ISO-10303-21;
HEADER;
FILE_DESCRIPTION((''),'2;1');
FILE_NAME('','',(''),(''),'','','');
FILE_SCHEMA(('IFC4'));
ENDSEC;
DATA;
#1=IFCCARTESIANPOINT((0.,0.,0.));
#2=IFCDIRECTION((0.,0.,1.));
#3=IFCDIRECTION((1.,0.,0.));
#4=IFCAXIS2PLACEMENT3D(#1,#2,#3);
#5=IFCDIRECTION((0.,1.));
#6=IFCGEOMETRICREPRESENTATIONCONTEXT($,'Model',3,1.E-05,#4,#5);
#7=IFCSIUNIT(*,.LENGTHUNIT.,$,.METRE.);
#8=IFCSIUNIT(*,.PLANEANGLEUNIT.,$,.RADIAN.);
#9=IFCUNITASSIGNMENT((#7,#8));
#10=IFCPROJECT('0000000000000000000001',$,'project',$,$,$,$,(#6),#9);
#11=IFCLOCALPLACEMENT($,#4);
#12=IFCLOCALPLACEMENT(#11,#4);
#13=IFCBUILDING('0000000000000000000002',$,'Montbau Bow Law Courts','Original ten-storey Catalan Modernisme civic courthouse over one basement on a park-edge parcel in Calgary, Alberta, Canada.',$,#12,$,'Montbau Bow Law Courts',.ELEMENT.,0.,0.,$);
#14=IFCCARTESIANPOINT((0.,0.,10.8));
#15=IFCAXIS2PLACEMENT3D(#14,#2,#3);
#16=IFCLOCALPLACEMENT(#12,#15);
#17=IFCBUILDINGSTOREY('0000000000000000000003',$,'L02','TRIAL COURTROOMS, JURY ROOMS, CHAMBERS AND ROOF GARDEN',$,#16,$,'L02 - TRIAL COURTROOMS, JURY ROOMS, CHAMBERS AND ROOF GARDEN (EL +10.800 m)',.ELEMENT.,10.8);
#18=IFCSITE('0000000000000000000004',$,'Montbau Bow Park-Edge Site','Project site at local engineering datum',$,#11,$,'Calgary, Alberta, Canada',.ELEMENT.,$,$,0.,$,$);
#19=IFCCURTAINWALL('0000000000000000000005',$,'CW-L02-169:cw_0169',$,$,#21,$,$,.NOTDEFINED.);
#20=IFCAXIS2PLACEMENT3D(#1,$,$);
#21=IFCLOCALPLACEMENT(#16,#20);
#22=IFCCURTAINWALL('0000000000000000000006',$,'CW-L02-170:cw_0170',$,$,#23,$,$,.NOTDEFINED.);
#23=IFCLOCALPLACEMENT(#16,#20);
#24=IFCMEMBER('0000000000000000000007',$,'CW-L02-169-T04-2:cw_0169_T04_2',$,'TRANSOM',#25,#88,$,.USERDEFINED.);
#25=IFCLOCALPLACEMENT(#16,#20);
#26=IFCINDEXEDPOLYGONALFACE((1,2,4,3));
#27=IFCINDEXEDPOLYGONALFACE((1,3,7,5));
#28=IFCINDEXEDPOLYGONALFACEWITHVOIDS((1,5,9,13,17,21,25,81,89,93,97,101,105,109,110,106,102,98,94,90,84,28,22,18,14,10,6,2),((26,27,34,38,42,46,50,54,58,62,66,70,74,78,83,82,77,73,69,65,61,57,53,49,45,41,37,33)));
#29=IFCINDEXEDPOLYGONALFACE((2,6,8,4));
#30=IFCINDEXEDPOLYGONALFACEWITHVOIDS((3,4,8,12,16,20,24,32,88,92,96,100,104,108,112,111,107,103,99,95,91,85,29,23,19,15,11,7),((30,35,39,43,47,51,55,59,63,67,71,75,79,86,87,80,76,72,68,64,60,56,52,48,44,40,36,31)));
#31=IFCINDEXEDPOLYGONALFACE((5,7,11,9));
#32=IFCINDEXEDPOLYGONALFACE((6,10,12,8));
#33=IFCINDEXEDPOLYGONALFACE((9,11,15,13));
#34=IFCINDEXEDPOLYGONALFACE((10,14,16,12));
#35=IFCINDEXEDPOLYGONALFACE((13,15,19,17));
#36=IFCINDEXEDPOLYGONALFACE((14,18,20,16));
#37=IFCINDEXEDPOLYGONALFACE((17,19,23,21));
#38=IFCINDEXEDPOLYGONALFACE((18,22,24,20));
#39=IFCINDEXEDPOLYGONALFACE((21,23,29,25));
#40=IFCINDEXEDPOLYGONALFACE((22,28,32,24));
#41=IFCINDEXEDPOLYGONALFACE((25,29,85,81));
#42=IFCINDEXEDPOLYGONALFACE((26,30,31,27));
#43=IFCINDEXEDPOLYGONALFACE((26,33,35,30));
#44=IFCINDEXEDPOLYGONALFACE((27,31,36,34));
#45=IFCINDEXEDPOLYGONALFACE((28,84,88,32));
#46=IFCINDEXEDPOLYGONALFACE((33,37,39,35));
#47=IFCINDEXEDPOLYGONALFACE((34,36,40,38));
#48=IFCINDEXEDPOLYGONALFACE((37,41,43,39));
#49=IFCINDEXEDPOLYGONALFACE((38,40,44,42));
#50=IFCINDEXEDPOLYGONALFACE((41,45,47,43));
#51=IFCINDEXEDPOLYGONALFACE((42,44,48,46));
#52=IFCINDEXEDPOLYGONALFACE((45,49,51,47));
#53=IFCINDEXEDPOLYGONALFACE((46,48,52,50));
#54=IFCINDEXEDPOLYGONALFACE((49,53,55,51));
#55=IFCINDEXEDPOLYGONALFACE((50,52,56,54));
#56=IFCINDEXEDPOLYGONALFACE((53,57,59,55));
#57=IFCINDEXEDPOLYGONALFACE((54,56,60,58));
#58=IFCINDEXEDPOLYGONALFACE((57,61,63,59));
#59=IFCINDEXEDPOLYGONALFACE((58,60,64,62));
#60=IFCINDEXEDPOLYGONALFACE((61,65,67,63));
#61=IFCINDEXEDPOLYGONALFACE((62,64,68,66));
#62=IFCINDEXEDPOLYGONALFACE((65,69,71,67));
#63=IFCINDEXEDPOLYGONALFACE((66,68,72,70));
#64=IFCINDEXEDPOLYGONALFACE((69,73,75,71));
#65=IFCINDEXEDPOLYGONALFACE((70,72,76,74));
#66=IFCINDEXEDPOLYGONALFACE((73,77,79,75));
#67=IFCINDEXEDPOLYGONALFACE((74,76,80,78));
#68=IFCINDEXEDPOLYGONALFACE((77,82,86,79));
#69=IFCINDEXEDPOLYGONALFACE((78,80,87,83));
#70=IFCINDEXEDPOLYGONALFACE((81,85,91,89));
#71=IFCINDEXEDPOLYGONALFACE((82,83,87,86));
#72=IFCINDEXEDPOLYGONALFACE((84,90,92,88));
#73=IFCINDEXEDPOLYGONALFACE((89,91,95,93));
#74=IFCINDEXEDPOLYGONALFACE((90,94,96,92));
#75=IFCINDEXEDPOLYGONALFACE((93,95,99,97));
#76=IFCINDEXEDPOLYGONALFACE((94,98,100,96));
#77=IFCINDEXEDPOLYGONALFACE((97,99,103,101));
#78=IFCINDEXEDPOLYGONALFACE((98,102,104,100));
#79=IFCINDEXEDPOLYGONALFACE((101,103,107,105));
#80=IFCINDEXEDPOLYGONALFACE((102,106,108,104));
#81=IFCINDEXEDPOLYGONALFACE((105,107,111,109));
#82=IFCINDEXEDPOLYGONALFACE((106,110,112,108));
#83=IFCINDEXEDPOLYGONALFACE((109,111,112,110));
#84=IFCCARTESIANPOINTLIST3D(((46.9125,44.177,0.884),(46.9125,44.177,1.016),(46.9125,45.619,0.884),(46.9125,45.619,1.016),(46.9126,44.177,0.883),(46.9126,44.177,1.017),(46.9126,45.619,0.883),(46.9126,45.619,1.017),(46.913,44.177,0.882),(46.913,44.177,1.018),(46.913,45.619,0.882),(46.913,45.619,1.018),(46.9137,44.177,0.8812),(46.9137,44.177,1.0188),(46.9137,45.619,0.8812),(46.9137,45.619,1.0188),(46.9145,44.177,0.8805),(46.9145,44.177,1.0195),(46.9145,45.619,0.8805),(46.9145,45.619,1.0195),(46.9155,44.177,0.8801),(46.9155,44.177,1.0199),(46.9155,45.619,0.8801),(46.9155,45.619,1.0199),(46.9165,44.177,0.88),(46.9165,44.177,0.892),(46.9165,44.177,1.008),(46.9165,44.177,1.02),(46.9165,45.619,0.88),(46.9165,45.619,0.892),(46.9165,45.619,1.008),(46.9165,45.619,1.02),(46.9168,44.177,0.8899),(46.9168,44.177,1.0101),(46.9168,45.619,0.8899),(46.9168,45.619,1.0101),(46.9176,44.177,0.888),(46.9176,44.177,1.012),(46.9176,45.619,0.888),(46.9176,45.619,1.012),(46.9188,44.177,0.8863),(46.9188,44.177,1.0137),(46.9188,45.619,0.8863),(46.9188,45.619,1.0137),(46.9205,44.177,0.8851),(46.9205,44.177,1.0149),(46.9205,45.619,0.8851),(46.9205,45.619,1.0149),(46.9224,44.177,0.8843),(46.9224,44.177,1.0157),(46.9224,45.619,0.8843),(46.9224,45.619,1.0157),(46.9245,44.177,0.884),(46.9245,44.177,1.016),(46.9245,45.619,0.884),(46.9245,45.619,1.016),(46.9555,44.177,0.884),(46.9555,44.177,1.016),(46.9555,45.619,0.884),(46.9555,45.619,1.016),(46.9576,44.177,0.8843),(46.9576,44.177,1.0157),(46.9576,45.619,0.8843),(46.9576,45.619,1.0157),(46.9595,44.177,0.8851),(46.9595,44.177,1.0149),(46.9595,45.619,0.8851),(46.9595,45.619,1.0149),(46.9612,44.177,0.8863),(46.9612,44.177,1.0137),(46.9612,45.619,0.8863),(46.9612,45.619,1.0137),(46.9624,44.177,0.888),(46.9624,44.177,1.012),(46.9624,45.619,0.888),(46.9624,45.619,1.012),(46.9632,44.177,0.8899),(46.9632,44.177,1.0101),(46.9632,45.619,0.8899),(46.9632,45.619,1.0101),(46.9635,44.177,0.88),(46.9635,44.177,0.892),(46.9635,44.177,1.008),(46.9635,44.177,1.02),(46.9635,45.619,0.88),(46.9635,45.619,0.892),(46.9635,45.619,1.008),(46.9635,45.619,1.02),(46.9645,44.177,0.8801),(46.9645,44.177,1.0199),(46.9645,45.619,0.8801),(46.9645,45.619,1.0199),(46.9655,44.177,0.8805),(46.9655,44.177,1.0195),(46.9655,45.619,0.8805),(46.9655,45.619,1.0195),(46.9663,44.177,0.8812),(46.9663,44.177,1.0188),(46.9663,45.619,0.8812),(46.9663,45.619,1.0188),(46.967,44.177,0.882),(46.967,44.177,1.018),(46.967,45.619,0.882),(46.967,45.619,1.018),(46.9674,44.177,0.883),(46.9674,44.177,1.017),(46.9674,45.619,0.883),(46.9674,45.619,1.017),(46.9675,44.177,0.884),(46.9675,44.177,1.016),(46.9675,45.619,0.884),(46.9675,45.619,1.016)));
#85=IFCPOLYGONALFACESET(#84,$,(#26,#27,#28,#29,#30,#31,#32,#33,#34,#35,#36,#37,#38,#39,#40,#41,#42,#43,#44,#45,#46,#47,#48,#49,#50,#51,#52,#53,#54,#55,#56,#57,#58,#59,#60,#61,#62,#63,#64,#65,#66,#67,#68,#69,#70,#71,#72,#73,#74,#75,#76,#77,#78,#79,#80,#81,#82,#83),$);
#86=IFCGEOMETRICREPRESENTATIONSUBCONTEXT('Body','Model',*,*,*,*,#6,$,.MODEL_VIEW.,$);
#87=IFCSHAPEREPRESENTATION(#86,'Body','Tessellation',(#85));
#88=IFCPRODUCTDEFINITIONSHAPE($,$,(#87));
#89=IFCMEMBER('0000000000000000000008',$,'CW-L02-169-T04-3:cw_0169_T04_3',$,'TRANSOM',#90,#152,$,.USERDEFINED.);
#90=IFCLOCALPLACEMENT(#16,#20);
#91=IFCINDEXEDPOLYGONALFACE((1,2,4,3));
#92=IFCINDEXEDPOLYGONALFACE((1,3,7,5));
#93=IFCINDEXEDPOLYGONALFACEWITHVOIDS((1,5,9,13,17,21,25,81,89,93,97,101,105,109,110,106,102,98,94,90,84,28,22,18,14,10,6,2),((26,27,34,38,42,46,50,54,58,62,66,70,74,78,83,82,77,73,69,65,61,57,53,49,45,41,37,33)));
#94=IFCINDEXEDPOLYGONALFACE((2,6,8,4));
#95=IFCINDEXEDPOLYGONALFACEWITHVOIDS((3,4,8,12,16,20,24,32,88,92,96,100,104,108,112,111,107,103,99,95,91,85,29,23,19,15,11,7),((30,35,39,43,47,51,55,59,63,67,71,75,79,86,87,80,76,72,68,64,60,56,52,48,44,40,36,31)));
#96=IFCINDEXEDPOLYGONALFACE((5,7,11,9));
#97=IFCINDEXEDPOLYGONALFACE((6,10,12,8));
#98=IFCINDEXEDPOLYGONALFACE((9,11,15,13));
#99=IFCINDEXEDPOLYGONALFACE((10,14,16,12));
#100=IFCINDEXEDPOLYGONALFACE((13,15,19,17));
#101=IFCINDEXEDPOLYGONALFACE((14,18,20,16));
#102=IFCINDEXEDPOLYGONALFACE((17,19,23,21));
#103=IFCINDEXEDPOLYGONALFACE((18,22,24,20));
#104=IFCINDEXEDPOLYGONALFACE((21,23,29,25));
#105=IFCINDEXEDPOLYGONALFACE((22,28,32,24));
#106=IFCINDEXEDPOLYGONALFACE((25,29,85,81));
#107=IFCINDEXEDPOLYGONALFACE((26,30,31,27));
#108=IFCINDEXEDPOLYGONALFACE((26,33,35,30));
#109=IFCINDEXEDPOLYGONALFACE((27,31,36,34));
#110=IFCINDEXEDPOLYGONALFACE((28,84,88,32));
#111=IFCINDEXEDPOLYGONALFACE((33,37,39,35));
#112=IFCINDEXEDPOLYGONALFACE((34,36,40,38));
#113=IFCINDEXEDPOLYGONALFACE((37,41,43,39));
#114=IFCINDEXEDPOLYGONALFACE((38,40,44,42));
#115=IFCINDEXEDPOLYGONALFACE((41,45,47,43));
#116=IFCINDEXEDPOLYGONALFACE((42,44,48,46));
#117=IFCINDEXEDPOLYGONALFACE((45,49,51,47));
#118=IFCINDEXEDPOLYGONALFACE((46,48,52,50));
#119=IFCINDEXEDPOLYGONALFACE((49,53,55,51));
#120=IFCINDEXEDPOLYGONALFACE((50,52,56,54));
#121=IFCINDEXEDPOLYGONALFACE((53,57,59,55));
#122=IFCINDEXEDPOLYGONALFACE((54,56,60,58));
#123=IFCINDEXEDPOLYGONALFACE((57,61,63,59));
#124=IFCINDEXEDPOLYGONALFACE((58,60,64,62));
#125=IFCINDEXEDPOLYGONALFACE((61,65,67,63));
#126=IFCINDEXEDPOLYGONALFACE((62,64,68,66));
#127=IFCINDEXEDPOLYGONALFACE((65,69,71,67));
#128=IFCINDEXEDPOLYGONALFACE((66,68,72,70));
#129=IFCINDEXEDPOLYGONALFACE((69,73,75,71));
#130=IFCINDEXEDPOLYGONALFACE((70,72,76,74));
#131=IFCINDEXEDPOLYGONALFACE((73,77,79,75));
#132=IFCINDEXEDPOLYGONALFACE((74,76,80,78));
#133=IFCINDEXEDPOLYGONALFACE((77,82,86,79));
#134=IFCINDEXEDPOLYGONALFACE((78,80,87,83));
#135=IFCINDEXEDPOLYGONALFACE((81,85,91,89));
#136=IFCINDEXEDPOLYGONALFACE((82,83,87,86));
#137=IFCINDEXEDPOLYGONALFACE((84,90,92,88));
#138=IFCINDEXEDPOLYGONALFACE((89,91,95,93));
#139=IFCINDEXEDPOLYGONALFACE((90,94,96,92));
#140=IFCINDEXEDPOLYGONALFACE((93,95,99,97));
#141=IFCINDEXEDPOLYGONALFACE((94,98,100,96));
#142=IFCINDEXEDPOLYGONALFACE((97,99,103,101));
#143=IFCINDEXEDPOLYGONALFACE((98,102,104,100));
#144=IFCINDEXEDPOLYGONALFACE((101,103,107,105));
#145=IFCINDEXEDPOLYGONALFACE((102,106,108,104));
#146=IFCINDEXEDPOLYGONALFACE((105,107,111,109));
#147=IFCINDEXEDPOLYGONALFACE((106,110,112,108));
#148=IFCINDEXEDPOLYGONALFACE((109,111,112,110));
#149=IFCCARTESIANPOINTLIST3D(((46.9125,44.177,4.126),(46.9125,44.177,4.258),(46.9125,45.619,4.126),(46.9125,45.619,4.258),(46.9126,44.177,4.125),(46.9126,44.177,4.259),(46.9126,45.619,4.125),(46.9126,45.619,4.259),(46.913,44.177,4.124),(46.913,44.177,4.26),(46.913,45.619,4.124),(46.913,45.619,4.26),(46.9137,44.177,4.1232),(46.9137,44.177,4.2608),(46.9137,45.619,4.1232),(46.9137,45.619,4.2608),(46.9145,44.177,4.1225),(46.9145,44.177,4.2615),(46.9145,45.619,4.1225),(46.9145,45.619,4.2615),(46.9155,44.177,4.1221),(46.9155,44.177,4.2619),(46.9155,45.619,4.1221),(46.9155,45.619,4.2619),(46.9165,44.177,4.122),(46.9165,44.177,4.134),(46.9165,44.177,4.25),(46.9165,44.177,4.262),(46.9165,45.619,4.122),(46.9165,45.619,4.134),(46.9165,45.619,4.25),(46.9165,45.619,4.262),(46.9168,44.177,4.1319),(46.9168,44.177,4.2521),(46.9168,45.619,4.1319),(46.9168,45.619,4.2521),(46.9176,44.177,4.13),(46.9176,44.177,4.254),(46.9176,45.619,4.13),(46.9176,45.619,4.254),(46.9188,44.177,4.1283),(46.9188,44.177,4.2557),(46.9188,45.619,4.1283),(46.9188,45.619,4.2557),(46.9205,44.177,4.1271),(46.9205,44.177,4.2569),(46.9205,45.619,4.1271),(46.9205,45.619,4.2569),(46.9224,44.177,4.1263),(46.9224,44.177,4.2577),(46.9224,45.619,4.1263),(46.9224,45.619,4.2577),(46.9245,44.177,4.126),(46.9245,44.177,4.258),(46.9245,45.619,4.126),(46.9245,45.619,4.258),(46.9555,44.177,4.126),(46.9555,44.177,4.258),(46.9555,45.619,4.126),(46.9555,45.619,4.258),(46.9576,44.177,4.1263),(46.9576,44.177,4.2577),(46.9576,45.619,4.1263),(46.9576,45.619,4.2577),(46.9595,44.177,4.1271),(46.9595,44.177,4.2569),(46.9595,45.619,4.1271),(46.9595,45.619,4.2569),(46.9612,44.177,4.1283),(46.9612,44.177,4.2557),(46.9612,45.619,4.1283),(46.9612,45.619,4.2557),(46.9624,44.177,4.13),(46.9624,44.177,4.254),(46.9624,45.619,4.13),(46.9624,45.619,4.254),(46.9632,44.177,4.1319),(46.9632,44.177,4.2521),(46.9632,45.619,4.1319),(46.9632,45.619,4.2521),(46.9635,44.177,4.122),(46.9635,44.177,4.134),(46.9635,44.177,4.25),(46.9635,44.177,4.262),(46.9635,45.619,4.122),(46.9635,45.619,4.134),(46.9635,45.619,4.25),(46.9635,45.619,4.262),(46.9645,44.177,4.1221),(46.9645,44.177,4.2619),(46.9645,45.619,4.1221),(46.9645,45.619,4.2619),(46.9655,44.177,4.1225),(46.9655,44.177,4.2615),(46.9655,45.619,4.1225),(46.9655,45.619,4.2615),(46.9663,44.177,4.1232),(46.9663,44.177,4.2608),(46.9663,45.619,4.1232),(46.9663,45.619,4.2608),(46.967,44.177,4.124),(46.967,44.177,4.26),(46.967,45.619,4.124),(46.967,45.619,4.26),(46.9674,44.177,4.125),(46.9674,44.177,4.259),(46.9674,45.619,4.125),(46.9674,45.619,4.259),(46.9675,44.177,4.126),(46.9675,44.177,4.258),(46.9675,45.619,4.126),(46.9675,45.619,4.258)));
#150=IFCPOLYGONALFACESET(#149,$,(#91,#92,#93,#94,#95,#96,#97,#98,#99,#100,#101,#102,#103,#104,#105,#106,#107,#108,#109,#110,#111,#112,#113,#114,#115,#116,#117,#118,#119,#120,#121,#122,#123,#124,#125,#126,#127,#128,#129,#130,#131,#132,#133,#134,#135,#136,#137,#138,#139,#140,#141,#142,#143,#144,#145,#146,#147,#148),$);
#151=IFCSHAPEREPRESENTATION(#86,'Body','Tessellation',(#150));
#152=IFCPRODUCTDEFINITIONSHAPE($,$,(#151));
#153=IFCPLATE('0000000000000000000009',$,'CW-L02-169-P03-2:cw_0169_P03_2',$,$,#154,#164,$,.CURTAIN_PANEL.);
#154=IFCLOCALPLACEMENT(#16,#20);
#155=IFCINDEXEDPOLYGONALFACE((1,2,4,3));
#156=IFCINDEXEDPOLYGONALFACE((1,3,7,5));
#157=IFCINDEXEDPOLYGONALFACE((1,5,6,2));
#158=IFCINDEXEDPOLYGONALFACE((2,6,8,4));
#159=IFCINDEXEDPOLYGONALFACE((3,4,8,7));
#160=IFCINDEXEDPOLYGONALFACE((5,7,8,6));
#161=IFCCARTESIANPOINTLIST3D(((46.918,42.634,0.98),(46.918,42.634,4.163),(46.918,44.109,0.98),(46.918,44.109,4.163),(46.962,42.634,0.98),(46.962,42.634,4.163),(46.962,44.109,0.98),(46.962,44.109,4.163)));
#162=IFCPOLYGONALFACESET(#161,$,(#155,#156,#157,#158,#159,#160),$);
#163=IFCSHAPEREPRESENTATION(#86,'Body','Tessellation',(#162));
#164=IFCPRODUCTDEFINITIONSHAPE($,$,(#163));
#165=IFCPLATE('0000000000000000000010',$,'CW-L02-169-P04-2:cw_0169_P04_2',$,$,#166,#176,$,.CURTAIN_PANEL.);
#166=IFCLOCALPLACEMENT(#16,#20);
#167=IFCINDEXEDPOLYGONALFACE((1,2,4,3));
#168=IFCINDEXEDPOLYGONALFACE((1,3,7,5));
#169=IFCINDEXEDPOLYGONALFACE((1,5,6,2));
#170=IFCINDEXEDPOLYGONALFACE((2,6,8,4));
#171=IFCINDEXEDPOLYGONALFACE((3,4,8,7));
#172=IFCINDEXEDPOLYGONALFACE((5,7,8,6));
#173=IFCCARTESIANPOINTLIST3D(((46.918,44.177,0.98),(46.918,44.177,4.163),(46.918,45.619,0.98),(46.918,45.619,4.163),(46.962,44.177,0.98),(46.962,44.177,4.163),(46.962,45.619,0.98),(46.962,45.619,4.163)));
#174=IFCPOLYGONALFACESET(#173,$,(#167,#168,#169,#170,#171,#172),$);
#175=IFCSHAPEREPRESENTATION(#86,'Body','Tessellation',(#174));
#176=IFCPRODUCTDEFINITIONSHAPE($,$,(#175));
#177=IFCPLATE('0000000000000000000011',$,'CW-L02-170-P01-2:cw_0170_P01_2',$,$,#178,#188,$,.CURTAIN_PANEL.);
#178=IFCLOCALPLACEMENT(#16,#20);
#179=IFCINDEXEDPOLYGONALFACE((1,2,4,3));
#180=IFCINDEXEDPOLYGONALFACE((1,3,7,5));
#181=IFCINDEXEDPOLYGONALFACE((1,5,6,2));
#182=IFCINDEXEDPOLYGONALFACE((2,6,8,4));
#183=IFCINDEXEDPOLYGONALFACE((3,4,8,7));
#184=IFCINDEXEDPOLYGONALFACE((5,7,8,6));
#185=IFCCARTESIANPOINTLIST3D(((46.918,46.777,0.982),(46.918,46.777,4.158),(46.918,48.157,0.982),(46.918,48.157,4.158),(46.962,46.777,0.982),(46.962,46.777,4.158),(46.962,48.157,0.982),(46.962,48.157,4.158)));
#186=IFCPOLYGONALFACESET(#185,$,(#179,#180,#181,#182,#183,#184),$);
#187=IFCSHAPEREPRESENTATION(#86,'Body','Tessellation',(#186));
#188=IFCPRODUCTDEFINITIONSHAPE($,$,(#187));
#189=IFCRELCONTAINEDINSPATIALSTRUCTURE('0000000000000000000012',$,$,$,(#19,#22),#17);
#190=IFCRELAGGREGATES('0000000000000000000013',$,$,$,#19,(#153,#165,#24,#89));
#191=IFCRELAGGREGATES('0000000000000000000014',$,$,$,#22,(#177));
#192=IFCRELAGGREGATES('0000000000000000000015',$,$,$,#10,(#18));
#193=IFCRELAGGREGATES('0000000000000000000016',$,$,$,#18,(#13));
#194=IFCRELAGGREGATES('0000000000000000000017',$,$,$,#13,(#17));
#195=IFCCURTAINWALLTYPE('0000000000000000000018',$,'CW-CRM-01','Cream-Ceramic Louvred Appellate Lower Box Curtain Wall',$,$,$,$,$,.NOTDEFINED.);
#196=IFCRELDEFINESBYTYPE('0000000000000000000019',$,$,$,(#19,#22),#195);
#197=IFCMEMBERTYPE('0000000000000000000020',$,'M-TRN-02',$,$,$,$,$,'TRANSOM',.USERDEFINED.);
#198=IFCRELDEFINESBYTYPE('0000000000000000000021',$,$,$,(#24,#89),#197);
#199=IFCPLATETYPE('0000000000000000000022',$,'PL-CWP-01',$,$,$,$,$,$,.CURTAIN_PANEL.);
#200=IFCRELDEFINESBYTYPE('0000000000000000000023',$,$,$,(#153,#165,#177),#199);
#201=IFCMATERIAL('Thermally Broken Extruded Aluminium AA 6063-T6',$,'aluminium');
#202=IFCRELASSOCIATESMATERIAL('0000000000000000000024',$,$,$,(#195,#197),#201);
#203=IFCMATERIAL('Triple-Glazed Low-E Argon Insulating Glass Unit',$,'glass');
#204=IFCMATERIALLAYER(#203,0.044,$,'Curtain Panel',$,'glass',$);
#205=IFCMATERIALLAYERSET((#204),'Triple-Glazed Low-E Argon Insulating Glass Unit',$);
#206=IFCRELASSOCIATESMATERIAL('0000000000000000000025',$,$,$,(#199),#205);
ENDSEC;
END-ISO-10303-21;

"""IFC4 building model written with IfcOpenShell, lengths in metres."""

from ifc_helpers import new_model, si_unit, direction, frame, frame_2d, origin_with_axes, origin_2d_with_axis, place, context, subcontext, project, spatial, rectangle, hollow_rectangle, extrude, material, layer, layer_set, material_profile, profile_set, type_object, element, aggregate, save


model = new_model("IFC4")

# Units and contexts
model_context = context("Model", 3, precision=1e-05, world=origin_with_axes(), true_north=direction((0.0, 1.0)))
body_context = subcontext(model_context, "Body", "Model", "MODEL_VIEW")
ifc_project = project(units=[si_unit("LENGTHUNIT", "METRE"), si_unit("PLANEANGLEUNIT", "RADIAN")], contexts=[model_context])

# Site, building, storey
site_placement = place(None, origin_with_axes())
site = spatial("IfcSite", under=ifc_project, at=site_placement, Name="Montbau Bow Park-Edge Site", Description="Project site at local engineering datum", LongName="Calgary, Alberta, Canada", CompositionType="ELEMENT", RefElevation=0.0)
building_placement = place(site_placement, origin_with_axes())
building = spatial("IfcBuilding", under=site, at=building_placement, Name="Montbau Bow Law Courts", Description="Original ten-storey Catalan Modernisme civic courthouse over one basement on a park-edge parcel in Calgary, Alberta, Canada.", LongName="Montbau Bow Law Courts", CompositionType="ELEMENT", ElevationOfRefHeight=0.0, ElevationOfTerrain=0.0)
storey_placement = place(building_placement, frame((0.0, 0.0, 10.8), z_axis=(0.0, 0.0, 1.0), x_axis=(1.0, 0.0, 0.0)))
storey = spatial("IfcBuildingStorey", under=building, at=storey_placement, Name="L02", Description="TRIAL COURTROOMS, JURY ROOMS, CHAMBERS AND ROOF GARDEN", LongName="L02 - TRIAL COURTROOMS, JURY ROOMS, CHAMBERS AND ROOF GARDEN (EL +10.800 m)", CompositionType="ELEMENT", Elevation=10.8)

# Curtain walls
ifc_material_1 = material(Name="Thermally Broken Extruded Aluminium AA 6063-T6", Category="aluminium")
curtain_wall_type = type_object("IfcCurtainWallType", Name="CW-CRM-01", Description="Cream-Ceramic Louvred Appellate Lower Box Curtain Wall", PredefinedType="NOTDEFINED", material=ifc_material_1)
curtain_wall_1_placement = place(None, frame((46.94, 39.515, 10.8), z_axis=(0.0, 0.0, 1.0), x_axis=(1.0, 0.0, 0.0)))
curtain_wall_1 = element("IfcCurtainWall", 1, at=curtain_wall_1_placement, inside=storey, type_object=curtain_wall_type, Name="CW-L02-169:cw_0169", PredefinedType="NOTDEFINED")
curtain_wall_2_placement = place(None, frame((46.94, 46.715, 10.8), z_axis=(0.0, 0.0, 1.0), x_axis=(1.0, 0.0, 0.0)))
curtain_wall_2 = element("IfcCurtainWall", 2, at=curtain_wall_2_placement, inside=storey, type_object=curtain_wall_type, Name="CW-L02-170:cw_0170", PredefinedType="NOTDEFINED")

# Members
ifc_material_profile_1 = material_profile(ifc_material_1, hollow_rectangle(XDim=0.055, YDim=0.14, WallThickness=0.004, InnerFilletRadius=0.008, OuterFilletRadius=0.004, at=origin_2d_with_axis()), Name="CWT-140X55", Category="Main", Priority=0)
ifc_profile_set_1 = profile_set([ifc_material_profile_1], Name="Thermally Broken Extruded Aluminium AA 6063-T6")
member_type_1 = type_object("IfcMemberType", Name="M-TRN-02", ElementType="TRANSOM", PredefinedType="USERDEFINED", material=ifc_profile_set_1)
member_1_placement = place(None, frame((46.94, 44.177, 11.75), z_axis=(0.0, 1.0, 0.0), x_axis=(-1.0, 0.0, 0.0)))
member_1 = element("IfcMember", 3, at=member_1_placement, type_object=member_type_1, Name="CW-L02-169-T04-2:cw_0169_T04_2", ObjectType="TRANSOM", PredefinedType="USERDEFINED", context=body_context, shape_type="SweptSolid", body=[
    extrude(hollow_rectangle(XDim=0.055, YDim=0.14, WallThickness=0.004, InnerFilletRadius=0.008, OuterFilletRadius=0.004, at=origin_2d_with_axis()), origin_with_axes(), (0.0, 0.0, 1.0), 1.442),
])
member_2_placement = place(None, frame((46.94, 44.177, 14.992), z_axis=(0.0, 1.0, 0.0), x_axis=(-1.0, 0.0, 0.0)))
member_2 = element("IfcMember", 4, at=member_2_placement, type_object=member_type_1, Name="CW-L02-169-T04-3:cw_0169_T04_3", ObjectType="TRANSOM", PredefinedType="USERDEFINED", context=body_context, shape_type="SweptSolid", body=[
    extrude(hollow_rectangle(XDim=0.055, YDim=0.14, WallThickness=0.004, InnerFilletRadius=0.008, OuterFilletRadius=0.004, at=origin_2d_with_axis()), origin_with_axes(), (0.0, 0.0, 1.0), 1.442),
])

# Plates
ifc_material_2 = material(Name="Triple-Glazed Low-E Argon Insulating Glass Unit", Category="glass")
ifc_layer_1 = layer(ifc_material_2, 0.044, Name="Curtain Panel", Category="glass")
ifc_layer_set_1 = layer_set([ifc_layer_1], Name="Triple-Glazed Low-E Argon Insulating Glass Unit")
plate_type_1 = type_object("IfcPlateType", Name="PL-CWP-01", PredefinedType="CURTAIN_PANEL", material=ifc_layer_set_1)
plate_1_placement = place(None, frame((46.94, 42.634, 11.78), z_axis=(1.0, 0.0, 0.0), x_axis=(0.0, 1.0, 0.0)))
plate_1 = element("IfcPlate", 5, at=plate_1_placement, type_object=plate_type_1, Name="CW-L02-169-P03-2:cw_0169_P03_2", PredefinedType="CURTAIN_PANEL", context=body_context, shape_type="SweptSolid", body=[
    extrude(rectangle(XDim=1.475, YDim=3.183, at=frame_2d((0.7375, 1.5915), x_axis=(1.0, 0.0))), frame((0.0, 0.0, -0.022), z_axis=(0.0, 0.0, 1.0), x_axis=(1.0, 0.0, 0.0)), (0.0, 0.0, 1.0), 0.044),
])
plate_2_placement = place(None, frame((46.94, 44.177, 11.78), z_axis=(1.0, 0.0, 0.0), x_axis=(0.0, 1.0, 0.0)))
plate_2 = element("IfcPlate", 6, at=plate_2_placement, type_object=plate_type_1, Name="CW-L02-169-P04-2:cw_0169_P04_2", PredefinedType="CURTAIN_PANEL", context=body_context, shape_type="SweptSolid", body=[
    extrude(rectangle(XDim=1.442, YDim=3.183, at=frame_2d((0.721, 1.5915), x_axis=(1.0, 0.0))), frame((0.0, 0.0, -0.022), z_axis=(0.0, 0.0, 1.0), x_axis=(1.0, 0.0, 0.0)), (0.0, 0.0, 1.0), 0.044),
])
plate_3_placement = place(None, frame((46.94, 46.777, 11.782), z_axis=(1.0, 0.0, 0.0), x_axis=(0.0, 1.0, 0.0)))
plate_3 = element("IfcPlate", 7, at=plate_3_placement, type_object=plate_type_1, Name="CW-L02-170-P01-2:cw_0170_P01_2", PredefinedType="CURTAIN_PANEL", context=body_context, shape_type="SweptSolid", body=[
    extrude(rectangle(XDim=1.38, YDim=3.176, at=frame_2d((0.69, 1.588), x_axis=(1.0, 0.0))), frame((0.0, 0.0, -0.022), z_axis=(0.0, 0.0, 1.0), x_axis=(1.0, 0.0, 0.0)), (0.0, 0.0, 1.0), 0.044),
])
aggregate(curtain_wall_1, [plate_1, plate_2, member_1, member_2])
aggregate(curtain_wall_2, [plate_3])

save(model, "model.ifc")
